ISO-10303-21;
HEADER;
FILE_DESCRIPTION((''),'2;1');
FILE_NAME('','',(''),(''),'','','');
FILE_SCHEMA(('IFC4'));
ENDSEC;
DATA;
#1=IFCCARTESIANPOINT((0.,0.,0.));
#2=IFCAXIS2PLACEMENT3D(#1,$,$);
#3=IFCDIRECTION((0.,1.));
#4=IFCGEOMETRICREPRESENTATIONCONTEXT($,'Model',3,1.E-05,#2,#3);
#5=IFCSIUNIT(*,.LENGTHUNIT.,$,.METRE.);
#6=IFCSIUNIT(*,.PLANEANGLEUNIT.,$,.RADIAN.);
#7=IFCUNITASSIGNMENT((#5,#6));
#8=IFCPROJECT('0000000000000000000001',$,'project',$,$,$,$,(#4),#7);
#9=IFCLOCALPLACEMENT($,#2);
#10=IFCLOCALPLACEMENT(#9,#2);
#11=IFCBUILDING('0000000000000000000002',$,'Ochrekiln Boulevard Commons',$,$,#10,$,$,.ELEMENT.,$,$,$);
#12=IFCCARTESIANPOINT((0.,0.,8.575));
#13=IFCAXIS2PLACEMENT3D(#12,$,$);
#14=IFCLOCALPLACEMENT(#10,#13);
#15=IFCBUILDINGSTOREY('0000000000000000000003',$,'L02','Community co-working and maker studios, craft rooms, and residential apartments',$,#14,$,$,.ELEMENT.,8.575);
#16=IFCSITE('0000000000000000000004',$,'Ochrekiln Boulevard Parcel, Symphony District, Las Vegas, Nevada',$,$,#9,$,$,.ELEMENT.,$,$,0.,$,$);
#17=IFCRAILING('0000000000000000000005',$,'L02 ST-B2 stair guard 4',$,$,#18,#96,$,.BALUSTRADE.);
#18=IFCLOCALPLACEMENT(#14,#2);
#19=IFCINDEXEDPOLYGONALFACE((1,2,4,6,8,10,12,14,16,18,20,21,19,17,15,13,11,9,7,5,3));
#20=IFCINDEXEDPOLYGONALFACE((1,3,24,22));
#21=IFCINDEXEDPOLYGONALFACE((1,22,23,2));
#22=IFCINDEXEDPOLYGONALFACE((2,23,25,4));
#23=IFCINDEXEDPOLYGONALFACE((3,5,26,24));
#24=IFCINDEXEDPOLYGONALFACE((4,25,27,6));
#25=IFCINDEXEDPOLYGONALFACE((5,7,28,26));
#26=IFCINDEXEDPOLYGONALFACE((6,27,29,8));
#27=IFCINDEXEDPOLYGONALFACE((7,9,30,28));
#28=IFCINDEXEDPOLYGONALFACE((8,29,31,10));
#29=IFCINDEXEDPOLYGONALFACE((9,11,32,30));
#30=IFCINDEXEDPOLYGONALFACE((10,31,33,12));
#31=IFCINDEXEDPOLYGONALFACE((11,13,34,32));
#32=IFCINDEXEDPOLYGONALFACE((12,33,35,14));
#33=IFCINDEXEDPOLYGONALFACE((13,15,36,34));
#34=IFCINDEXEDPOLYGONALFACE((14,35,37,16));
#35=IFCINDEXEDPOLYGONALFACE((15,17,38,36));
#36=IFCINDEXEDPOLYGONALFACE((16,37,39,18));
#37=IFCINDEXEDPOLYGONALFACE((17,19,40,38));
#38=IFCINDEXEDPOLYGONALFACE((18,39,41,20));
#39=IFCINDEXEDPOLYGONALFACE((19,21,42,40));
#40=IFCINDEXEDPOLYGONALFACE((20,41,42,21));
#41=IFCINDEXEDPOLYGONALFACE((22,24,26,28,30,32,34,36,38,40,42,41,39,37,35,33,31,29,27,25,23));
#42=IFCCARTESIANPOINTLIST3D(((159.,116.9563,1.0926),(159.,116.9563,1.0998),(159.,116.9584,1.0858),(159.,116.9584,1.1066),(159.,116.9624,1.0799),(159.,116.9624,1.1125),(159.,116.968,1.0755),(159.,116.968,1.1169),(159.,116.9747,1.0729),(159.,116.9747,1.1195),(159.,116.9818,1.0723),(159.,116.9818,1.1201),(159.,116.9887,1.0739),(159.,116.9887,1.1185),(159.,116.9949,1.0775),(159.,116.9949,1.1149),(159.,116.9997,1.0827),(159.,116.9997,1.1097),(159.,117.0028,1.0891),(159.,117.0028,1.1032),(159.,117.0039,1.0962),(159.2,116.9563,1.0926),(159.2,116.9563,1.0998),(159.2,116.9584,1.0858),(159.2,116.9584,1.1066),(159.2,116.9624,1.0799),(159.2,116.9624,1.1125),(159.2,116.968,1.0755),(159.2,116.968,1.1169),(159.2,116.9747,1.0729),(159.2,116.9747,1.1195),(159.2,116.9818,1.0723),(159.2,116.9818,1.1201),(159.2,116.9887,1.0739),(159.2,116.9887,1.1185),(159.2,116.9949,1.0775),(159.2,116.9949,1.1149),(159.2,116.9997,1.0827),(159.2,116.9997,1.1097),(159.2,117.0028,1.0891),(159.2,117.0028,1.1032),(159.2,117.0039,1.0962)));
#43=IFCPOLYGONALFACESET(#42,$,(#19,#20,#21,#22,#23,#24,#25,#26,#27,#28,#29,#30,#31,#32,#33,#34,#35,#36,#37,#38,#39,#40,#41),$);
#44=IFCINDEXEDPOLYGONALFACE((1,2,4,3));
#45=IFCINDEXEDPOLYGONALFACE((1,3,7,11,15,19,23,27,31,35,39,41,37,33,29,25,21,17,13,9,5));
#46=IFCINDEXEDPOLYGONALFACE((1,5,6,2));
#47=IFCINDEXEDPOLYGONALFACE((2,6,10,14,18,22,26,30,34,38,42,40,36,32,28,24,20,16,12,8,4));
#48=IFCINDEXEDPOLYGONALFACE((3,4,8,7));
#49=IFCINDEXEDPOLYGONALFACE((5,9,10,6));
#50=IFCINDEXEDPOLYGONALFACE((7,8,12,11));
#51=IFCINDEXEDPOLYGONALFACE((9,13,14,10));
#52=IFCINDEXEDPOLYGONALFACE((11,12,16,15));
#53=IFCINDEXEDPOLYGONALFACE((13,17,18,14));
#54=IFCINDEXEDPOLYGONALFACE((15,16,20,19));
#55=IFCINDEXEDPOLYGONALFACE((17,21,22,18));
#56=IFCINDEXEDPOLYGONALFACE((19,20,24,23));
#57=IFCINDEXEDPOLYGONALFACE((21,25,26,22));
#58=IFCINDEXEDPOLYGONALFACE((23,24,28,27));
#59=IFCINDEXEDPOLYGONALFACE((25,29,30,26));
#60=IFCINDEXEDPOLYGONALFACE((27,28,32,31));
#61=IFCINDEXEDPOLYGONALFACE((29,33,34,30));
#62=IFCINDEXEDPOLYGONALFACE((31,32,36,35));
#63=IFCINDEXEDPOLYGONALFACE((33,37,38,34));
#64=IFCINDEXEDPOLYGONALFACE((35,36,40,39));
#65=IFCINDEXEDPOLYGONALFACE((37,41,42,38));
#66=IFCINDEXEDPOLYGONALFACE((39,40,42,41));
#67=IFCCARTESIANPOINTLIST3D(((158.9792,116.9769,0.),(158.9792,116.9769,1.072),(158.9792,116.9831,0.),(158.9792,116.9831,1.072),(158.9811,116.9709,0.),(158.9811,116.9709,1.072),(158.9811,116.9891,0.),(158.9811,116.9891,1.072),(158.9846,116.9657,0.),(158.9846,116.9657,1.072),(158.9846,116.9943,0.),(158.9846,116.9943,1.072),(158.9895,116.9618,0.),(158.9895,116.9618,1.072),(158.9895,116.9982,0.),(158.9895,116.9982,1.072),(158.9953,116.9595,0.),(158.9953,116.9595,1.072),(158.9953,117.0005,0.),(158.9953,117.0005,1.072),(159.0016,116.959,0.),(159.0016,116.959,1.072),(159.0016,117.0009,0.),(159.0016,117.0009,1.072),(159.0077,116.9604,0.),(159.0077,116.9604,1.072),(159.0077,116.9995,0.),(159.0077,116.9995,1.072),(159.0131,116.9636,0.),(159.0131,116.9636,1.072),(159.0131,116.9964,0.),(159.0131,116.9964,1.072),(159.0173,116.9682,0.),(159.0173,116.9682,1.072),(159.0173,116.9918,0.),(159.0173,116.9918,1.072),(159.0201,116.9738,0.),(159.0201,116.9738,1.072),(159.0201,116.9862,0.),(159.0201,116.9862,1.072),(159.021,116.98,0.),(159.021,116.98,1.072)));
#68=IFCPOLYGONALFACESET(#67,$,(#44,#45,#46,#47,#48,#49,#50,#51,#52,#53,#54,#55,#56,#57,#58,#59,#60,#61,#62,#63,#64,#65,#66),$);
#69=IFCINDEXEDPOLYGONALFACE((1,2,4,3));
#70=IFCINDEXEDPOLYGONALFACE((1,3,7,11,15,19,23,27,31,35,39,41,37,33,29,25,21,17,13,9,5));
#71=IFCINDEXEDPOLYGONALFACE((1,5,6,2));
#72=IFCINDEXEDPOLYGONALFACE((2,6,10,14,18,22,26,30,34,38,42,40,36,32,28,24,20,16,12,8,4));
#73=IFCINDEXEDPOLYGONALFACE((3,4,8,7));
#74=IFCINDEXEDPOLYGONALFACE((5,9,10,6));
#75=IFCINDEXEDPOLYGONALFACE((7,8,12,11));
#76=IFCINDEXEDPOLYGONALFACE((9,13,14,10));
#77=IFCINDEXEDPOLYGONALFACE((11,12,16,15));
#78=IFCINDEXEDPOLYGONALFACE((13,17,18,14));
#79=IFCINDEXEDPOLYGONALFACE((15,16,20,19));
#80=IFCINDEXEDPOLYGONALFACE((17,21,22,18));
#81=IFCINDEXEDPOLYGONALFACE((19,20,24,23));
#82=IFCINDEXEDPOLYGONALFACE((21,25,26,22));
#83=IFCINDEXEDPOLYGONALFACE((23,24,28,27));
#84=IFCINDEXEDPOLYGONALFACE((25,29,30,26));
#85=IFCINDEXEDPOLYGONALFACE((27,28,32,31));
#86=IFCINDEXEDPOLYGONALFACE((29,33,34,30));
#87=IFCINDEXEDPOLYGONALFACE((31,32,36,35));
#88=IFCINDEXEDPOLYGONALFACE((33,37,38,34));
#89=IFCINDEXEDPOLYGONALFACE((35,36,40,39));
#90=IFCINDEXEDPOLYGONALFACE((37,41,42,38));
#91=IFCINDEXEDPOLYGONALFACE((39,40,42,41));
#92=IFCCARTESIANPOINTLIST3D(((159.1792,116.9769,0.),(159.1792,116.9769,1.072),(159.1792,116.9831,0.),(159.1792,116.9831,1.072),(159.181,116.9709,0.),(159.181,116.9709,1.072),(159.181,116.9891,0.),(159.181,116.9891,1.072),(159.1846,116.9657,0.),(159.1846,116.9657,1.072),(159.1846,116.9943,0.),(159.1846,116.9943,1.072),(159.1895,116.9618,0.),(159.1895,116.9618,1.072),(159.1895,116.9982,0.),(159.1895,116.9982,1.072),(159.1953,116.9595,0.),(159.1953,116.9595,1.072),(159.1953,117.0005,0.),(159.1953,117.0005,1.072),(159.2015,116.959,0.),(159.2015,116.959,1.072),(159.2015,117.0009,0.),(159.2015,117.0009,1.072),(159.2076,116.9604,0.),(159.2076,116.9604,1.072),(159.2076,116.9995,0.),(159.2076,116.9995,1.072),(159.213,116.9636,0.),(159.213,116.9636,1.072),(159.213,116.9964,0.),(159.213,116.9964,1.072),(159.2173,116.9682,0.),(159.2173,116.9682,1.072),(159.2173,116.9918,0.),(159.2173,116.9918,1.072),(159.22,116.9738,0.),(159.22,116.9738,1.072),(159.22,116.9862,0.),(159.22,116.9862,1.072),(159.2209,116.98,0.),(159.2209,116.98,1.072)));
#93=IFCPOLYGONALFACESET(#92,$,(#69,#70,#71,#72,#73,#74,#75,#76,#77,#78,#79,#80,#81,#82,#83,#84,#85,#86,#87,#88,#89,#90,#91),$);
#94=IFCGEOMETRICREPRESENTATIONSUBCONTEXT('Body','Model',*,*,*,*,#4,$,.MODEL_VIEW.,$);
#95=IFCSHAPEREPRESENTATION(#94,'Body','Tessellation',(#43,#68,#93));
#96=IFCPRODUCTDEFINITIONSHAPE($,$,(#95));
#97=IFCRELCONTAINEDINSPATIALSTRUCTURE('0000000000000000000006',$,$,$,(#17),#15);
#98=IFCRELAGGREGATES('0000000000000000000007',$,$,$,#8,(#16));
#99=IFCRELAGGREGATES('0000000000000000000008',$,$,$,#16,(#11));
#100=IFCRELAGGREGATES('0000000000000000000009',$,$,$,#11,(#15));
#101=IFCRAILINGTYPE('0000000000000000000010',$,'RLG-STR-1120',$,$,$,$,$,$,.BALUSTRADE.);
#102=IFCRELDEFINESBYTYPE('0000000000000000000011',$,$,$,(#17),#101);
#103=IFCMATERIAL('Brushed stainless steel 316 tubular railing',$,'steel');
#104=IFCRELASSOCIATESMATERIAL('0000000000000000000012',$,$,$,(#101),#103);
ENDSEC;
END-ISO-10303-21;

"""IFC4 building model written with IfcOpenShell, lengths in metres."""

from ifc_helpers import new_model, si_unit, direction, frame, origin, origin_2d, place, context, subcontext, project, spatial, circle, extrude, material, type_object, element, save


model = new_model("IFC4")

# Units and contexts
model_context = context("Model", 3, precision=1e-05, world=origin(), true_north=direction((0.0, 1.0)))
body_context = subcontext(model_context, "Body", "Model", "MODEL_VIEW")
ifc_project = project(units=[si_unit("LENGTHUNIT", "METRE"), si_unit("PLANEANGLEUNIT", "RADIAN")], contexts=[model_context])

# Site, building, storey
site_placement = place(None, origin())
site = spatial("IfcSite", under=ifc_project, at=site_placement, Name="Ochrekiln Boulevard Parcel, Symphony District, Las Vegas, Nevada", CompositionType="ELEMENT", RefElevation=0.0)
building_placement = place(site_placement, origin())
building = spatial("IfcBuilding", under=site, at=building_placement, Name="Ochrekiln Boulevard Commons", CompositionType="ELEMENT")
storey_placement = place(building_placement, frame((0.0, 0.0, 8.575)))
storey = spatial("IfcBuildingStorey", under=building, at=storey_placement, Name="L02", Description="Community co-working and maker studios, craft rooms, and residential apartments", CompositionType="ELEMENT", Elevation=8.575)

# Railing
ifc_material_1 = material(Name="Brushed stainless steel 316 tubular railing", Category="steel")
railing_type_1 = type_object("IfcRailingType", Name="RLG-STR-1120", PredefinedType="BALUSTRADE", material=ifc_material_1)
railing_1_placement = place(storey_placement, frame((159.0, 116.98, 0.0)))
element("IfcRailing", 1, at=railing_1_placement, inside=storey, type_object=railing_type_1, Name="L02 ST-B2 stair guard 4", PredefinedType="BALUSTRADE", context=body_context, shape_type="SweptSolid", body=[
    extrude(circle(Radius=0.0239, at=origin_2d()), frame((0.0, 0.0, 1.0962), z_axis=(1.0, 0.0, 0.0), x_axis=(0.0, 1.0, 0.0)), (0.0, 0.0, 1.0), 0.2),
    extrude(circle(Radius=0.021, at=origin_2d()), origin(), (0.0, 0.0, 1.0), 1.072),
    extrude(circle(Radius=0.021, at=origin_2d()), frame((0.2, 0.0, 0.0)), (0.0, 0.0, 1.0), 1.072),
])

save(model, "model.ifc")
